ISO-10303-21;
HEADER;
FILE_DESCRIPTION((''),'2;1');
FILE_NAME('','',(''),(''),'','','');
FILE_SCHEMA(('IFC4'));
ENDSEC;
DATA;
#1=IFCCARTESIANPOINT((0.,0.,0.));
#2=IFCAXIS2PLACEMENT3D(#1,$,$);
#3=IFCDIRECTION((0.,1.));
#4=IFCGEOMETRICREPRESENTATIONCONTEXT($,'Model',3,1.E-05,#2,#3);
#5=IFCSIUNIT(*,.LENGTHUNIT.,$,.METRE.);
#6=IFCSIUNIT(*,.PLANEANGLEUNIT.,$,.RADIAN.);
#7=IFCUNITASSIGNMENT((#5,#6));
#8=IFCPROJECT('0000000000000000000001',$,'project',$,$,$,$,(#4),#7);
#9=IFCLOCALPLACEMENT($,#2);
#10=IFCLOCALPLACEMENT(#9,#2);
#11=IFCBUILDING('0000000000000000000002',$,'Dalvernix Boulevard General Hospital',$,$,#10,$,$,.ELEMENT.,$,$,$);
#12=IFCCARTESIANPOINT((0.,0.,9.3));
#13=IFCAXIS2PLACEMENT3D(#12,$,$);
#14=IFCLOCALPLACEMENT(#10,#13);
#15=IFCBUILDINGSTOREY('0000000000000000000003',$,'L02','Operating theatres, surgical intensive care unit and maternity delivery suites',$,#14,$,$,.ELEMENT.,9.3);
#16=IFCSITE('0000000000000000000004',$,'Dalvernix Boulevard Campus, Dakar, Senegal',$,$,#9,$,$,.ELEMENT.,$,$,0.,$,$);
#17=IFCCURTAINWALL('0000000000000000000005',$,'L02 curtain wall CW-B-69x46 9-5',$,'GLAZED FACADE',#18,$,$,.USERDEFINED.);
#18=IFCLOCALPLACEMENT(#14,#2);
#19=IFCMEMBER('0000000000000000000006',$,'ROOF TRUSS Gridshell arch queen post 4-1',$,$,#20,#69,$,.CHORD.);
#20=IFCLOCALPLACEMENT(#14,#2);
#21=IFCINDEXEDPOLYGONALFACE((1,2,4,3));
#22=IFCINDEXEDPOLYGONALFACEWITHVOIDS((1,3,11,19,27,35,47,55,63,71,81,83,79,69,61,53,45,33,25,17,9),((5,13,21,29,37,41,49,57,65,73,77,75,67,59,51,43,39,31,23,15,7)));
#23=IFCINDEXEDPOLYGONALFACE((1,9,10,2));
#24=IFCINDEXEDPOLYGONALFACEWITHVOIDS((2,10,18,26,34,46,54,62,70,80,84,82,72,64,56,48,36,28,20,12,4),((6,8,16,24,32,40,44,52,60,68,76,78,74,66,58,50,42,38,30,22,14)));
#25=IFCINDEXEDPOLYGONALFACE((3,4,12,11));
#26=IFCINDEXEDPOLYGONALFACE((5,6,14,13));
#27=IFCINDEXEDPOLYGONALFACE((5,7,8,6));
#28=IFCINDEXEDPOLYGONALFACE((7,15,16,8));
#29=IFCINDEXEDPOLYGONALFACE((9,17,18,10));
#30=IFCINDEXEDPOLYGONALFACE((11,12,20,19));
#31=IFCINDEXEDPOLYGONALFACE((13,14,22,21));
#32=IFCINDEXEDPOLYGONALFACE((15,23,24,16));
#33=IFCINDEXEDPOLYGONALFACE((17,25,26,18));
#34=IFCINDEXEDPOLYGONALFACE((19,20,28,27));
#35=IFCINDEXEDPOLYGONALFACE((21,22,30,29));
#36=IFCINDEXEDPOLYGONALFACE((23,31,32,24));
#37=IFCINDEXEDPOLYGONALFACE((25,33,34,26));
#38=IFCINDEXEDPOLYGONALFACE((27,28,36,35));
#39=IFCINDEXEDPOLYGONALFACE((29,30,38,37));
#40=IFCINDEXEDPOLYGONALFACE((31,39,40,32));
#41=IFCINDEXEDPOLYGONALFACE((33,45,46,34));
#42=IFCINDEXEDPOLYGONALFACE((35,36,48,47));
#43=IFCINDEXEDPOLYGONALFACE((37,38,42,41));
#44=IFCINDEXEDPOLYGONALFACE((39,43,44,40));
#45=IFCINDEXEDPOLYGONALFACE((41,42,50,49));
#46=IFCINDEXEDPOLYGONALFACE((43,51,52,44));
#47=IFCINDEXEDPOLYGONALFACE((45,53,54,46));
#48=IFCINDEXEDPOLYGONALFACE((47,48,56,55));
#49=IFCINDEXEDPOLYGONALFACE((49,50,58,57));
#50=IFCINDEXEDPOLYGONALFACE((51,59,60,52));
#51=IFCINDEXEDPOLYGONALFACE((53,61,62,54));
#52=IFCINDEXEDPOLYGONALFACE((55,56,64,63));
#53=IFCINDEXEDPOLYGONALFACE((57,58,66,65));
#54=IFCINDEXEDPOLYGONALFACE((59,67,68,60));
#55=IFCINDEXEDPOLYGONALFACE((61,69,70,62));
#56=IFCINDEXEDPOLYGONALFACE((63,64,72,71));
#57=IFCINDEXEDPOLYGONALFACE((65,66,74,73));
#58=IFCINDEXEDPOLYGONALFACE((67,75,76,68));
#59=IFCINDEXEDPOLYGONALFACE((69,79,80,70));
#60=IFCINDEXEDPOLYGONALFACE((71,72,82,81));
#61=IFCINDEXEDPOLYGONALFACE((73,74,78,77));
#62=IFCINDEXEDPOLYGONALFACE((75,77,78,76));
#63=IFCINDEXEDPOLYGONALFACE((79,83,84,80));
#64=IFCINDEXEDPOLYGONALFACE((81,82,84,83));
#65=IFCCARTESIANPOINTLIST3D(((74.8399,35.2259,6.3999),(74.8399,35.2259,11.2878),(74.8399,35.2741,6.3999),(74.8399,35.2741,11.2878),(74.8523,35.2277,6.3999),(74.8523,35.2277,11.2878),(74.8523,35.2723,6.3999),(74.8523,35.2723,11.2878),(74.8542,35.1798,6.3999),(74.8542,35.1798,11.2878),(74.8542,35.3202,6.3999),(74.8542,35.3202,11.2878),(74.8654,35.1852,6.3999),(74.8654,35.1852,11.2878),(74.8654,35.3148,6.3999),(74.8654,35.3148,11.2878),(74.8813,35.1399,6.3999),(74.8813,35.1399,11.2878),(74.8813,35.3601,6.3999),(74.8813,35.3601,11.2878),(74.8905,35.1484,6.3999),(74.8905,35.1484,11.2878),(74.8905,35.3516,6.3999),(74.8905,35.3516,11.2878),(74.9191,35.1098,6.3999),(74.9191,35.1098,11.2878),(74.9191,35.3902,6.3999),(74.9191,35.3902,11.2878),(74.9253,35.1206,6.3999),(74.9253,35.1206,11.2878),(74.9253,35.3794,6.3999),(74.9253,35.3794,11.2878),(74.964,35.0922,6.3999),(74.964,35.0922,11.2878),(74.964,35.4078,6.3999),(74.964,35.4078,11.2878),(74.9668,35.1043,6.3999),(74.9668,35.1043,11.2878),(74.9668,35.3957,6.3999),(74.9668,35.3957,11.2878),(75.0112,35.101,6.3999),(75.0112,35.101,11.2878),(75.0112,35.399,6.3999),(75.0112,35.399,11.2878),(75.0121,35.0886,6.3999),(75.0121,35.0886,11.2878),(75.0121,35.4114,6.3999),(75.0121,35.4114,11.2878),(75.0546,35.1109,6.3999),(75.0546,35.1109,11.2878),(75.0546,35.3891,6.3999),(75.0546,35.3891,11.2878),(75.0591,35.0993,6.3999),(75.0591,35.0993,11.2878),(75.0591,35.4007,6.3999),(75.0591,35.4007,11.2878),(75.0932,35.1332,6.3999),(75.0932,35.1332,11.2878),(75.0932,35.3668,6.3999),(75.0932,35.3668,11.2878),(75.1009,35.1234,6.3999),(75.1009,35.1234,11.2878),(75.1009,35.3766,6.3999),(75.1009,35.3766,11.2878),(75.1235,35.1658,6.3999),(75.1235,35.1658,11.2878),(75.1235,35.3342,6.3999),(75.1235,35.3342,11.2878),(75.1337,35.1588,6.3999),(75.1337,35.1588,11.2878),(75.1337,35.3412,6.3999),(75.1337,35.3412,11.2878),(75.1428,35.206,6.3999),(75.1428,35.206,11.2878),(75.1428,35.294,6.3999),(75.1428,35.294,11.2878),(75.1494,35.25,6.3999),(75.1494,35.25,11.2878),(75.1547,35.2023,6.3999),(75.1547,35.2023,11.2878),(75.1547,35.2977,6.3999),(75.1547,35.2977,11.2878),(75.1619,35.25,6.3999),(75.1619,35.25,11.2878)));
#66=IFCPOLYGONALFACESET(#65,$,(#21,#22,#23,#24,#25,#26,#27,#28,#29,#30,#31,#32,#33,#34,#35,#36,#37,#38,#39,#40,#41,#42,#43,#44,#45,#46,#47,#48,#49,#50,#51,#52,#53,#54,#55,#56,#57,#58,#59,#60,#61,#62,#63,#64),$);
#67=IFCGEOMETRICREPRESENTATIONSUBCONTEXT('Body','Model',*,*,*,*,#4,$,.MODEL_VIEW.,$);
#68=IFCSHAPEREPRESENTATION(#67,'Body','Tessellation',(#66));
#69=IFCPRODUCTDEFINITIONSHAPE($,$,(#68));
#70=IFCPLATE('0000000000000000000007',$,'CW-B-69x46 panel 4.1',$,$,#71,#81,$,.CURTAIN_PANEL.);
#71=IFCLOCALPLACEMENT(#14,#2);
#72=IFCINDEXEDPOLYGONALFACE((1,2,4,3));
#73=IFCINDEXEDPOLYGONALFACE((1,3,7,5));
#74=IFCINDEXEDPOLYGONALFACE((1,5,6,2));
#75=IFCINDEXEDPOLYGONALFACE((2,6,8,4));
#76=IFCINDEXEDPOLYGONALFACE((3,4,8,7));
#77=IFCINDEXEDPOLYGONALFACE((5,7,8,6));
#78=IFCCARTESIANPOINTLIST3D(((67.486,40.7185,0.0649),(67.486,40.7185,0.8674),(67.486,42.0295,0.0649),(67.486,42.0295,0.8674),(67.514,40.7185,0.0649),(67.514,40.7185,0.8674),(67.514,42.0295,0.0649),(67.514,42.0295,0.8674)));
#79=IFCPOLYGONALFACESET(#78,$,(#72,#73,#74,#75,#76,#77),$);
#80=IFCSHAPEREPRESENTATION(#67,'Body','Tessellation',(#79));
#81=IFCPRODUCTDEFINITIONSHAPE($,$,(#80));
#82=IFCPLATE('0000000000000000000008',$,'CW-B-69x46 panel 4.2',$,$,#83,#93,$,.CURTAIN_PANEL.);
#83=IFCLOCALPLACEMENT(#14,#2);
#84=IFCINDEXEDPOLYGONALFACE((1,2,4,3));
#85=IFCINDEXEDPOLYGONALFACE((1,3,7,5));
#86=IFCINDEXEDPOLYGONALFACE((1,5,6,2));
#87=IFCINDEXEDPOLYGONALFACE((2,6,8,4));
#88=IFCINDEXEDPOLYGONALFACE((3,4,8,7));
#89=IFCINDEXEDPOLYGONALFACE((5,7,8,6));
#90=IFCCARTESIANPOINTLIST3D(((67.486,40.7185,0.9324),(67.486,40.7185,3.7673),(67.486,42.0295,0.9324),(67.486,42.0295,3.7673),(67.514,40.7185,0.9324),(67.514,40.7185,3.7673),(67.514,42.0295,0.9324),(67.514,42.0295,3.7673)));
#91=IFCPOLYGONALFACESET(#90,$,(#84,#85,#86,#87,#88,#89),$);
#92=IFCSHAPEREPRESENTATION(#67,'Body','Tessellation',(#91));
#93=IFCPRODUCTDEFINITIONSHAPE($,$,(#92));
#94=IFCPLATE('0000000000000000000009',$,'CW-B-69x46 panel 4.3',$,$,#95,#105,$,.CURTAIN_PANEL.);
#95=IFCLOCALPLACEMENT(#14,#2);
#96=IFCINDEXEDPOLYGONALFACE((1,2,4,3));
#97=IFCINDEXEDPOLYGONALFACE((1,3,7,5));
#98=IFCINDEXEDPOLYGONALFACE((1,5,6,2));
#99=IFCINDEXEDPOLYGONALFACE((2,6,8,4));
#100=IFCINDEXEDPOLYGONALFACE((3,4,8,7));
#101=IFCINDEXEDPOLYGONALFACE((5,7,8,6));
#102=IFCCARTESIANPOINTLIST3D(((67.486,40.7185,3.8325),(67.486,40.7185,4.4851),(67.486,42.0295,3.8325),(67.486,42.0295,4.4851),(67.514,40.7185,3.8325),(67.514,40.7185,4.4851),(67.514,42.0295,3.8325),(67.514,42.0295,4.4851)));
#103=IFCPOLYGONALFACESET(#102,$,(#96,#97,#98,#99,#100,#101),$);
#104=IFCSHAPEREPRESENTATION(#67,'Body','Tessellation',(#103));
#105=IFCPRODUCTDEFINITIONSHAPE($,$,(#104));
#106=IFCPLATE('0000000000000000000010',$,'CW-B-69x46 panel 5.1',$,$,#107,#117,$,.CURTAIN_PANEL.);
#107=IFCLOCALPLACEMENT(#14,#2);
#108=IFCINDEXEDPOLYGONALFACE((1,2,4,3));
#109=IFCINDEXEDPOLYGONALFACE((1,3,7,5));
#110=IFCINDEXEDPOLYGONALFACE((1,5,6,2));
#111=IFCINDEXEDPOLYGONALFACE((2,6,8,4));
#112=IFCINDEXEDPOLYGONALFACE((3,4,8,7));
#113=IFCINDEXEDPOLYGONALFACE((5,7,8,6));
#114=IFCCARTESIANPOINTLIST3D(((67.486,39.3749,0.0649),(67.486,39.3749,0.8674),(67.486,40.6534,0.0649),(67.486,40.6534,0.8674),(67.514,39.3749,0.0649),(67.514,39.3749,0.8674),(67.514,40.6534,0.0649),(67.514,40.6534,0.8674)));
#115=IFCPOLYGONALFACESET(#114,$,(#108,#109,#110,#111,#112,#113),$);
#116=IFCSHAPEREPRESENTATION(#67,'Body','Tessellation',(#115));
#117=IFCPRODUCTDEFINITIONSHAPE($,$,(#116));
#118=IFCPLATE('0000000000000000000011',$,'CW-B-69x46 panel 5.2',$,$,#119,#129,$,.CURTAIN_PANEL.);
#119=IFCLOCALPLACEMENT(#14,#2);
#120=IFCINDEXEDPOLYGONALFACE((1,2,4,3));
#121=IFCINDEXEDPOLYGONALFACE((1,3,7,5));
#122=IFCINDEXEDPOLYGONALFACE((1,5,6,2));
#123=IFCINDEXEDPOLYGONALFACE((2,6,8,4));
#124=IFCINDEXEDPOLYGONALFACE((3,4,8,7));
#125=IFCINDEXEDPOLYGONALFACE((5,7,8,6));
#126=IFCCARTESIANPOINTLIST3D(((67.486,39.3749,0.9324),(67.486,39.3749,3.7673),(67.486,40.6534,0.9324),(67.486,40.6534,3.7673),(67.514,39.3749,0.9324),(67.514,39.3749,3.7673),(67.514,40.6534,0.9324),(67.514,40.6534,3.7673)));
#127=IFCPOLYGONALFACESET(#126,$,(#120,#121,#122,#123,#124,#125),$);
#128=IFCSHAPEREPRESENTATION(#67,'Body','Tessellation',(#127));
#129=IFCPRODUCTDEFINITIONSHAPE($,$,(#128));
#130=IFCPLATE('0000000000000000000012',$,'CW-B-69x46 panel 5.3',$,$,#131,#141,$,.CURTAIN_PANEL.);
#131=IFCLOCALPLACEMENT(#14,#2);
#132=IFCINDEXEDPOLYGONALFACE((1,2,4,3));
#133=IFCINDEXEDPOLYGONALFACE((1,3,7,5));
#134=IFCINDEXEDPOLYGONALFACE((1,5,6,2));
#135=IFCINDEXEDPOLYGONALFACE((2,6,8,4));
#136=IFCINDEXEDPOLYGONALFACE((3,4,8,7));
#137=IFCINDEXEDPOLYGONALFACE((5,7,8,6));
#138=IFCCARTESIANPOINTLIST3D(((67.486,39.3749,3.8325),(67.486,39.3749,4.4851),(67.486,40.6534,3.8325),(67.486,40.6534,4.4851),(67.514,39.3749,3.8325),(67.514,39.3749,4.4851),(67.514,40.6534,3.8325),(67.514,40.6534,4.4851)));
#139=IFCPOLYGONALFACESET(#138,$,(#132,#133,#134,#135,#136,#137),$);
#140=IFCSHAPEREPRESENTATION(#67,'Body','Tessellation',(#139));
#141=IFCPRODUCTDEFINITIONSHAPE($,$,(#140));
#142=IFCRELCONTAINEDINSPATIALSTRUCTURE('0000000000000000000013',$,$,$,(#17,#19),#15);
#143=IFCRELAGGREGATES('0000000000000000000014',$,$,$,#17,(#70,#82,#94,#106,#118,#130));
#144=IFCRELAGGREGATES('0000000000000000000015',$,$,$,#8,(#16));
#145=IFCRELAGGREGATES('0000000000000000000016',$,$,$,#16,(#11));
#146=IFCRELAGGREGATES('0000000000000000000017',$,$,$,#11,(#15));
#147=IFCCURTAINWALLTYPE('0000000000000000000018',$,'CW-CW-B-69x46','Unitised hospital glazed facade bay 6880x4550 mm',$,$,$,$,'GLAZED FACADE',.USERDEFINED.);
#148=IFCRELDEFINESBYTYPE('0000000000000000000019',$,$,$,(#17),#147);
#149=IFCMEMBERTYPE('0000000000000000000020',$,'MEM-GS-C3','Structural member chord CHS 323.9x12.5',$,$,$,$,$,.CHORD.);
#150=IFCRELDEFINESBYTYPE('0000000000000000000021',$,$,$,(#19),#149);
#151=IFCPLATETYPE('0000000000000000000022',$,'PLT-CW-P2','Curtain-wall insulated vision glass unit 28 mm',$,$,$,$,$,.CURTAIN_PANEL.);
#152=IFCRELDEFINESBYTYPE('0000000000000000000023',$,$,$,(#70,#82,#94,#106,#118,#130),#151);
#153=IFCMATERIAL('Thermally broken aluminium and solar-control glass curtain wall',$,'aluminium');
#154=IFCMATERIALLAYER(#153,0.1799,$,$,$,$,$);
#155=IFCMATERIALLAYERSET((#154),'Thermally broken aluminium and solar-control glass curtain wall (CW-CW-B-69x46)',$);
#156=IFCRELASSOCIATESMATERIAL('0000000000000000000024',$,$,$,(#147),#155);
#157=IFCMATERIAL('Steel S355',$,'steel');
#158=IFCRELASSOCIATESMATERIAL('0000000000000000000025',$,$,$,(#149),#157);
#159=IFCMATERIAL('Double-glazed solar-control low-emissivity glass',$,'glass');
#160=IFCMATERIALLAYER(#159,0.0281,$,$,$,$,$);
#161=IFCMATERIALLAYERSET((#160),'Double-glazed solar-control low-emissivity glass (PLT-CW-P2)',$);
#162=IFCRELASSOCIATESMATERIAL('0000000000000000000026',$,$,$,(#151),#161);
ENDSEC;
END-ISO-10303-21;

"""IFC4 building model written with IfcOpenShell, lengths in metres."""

from ifc_helpers import new_model, si_unit, direction, frame, origin, origin_2d, place, context, subcontext, project, spatial, rectangle, hollow_circle, extrude, material, layer, layer_set, material_profile, profile_set, type_object, element, aggregate, save


model = new_model("IFC4")

# Units and contexts
model_context = context("Model", 3, precision=1e-05, world=origin(), true_north=direction((0.0, 1.0)))
body_context = subcontext(model_context, "Body", "Model", "MODEL_VIEW")
ifc_project = project(units=[si_unit("LENGTHUNIT", "METRE"), si_unit("PLANEANGLEUNIT", "RADIAN")], contexts=[model_context])

# Site, building, storey
site_placement = place(None, origin())
site = spatial("IfcSite", under=ifc_project, at=site_placement, Name="Dalvernix Boulevard Campus, Dakar, Senegal", CompositionType="ELEMENT", RefElevation=0.0)
building_placement = place(site_placement, origin())
building = spatial("IfcBuilding", under=site, at=building_placement, Name="Dalvernix Boulevard General Hospital", CompositionType="ELEMENT")
storey_placement = place(building_placement, frame((0.0, 0.0, 9.3)))
storey = spatial("IfcBuildingStorey", under=building, at=storey_placement, Name="L02", Description="Operating theatres, surgical intensive care unit and maternity delivery suites", CompositionType="ELEMENT", Elevation=9.3)

# Shared definitions
ifc_material_1 = material(Name="Steel S355", Category="steel")

# Curtain wall
ifc_material_2 = material(Name="Thermally broken aluminium and solar-control glass curtain wall", Category="aluminium")
ifc_layer_1 = layer(ifc_material_2, 0.1799)
ifc_layer_set_1 = layer_set([ifc_layer_1], Name="Thermally broken aluminium and solar-control glass curtain wall (CW-CW-B-69x46)")
curtain_wall_type = type_object("IfcCurtainWallType", Name="CW-CW-B-69x46", Description="Unitised hospital glazed facade bay 6880x4550 mm", ElementType="GLAZED FACADE", PredefinedType="USERDEFINED", material=ifc_layer_set_1)
curtain_wall_placement = place(storey_placement, origin())
curtain_wall = element("IfcCurtainWall", 1, at=curtain_wall_placement, inside=storey, type_object=curtain_wall_type, Name="L02 curtain wall CW-B-69x46 9-5", ObjectType="GLAZED FACADE", PredefinedType="USERDEFINED")

# Member
ifc_material_profile_1 = material_profile(ifc_material_1, hollow_circle(Radius=0.1619, WallThickness=0.0125, at=origin_2d()), Name="CHS 323.9x12.5")
ifc_profile_set_1 = profile_set([ifc_material_profile_1], Name="Steel S355")
member_type_1 = type_object("IfcMemberType", Name="MEM-GS-C3", Description="Structural member chord CHS 323.9x12.5", PredefinedType="CHORD", material=ifc_profile_set_1)
member_1_placement = place(storey_placement, frame((75.0, 35.25, 6.3999), z_axis=(0.0, 0.0, 1.0), x_axis=(1.0, 0.0, 0.0)))
element("IfcMember", 2, at=member_1_placement, inside=storey, type_object=member_type_1, Name="ROOF TRUSS Gridshell arch queen post 4-1", PredefinedType="CHORD", context=body_context, shape_type="SweptSolid", body=[
    extrude(hollow_circle(Radius=0.1619, WallThickness=0.0125, at=origin_2d()), origin(), (0.0, 0.0, 1.0), 4.8879),
])

# Plates
ifc_material_3 = material(Name="Double-glazed solar-control low-emissivity glass", Category="glass")
ifc_layer_2 = layer(ifc_material_3, 0.0281)
ifc_layer_set_2 = layer_set([ifc_layer_2], Name="Double-glazed solar-control low-emissivity glass (PLT-CW-P2)")
plate_type = type_object("IfcPlateType", Name="PLT-CW-P2", Description="Curtain-wall insulated vision glass unit 28 mm", PredefinedType="CURTAIN_PANEL", material=ifc_layer_set_2)
plate_1_placement = place(storey_placement, frame((67.5, 41.374, 0.0649), z_axis=(0.0, 0.0, 1.0), x_axis=(0.0, -1.0, 0.0)))
plate_1 = element("IfcPlate", 3, at=plate_1_placement, type_object=plate_type, Name="CW-B-69x46 panel 4.1", PredefinedType="CURTAIN_PANEL", context=body_context, shape_type="SweptSolid", body=[
    extrude(rectangle(XDim=1.311, YDim=0.0281, at=origin_2d()), origin(), (0.0, 0.0, 1.0), 0.8025),
])
plate_2_placement = place(storey_placement, frame((67.5, 41.374, 0.9324), z_axis=(0.0, 0.0, 1.0), x_axis=(0.0, -1.0, 0.0)))
plate_2 = element("IfcPlate", 4, at=plate_2_placement, type_object=plate_type, Name="CW-B-69x46 panel 4.2", PredefinedType="CURTAIN_PANEL", context=body_context, shape_type="SweptSolid", body=[
    extrude(rectangle(XDim=1.311, YDim=0.0281, at=origin_2d()), origin(), (0.0, 0.0, 1.0), 2.835),
])
plate_3_placement = place(storey_placement, frame((67.5, 41.374, 3.8325), z_axis=(0.0, 0.0, 1.0), x_axis=(0.0, -1.0, 0.0)))
plate_3 = element("IfcPlate", 5, at=plate_3_placement, type_object=plate_type, Name="CW-B-69x46 panel 4.3", PredefinedType="CURTAIN_PANEL", context=body_context, shape_type="SweptSolid", body=[
    extrude(rectangle(XDim=1.311, YDim=0.0281, at=origin_2d()), origin(), (0.0, 0.0, 1.0), 0.6526),
])
plate_4_placement = place(storey_placement, frame((67.5, 40.0142, 0.0649), z_axis=(0.0, 0.0, 1.0), x_axis=(0.0, -1.0, 0.0)))
plate_4 = element("IfcPlate", 6, at=plate_4_placement, type_object=plate_type, Name="CW-B-69x46 panel 5.1", PredefinedType="CURTAIN_PANEL", context=body_context, shape_type="SweptSolid", body=[
    extrude(rectangle(XDim=1.2786, YDim=0.0281, at=origin_2d()), origin(), (0.0, 0.0, 1.0), 0.8025),
])
plate_5_placement = place(storey_placement, frame((67.5, 40.0142, 0.9324), z_axis=(0.0, 0.0, 1.0), x_axis=(0.0, -1.0, 0.0)))
plate_5 = element("IfcPlate", 7, at=plate_5_placement, type_object=plate_type, Name="CW-B-69x46 panel 5.2", PredefinedType="CURTAIN_PANEL", context=body_context, shape_type="SweptSolid", body=[
    extrude(rectangle(XDim=1.2786, YDim=0.0281, at=origin_2d()), origin(), (0.0, 0.0, 1.0), 2.835),
])
plate_6_placement = place(storey_placement, frame((67.5, 40.0142, 3.8325), z_axis=(0.0, 0.0, 1.0), x_axis=(0.0, -1.0, 0.0)))
plate_6 = element("IfcPlate", 8, at=plate_6_placement, type_object=plate_type, Name="CW-B-69x46 panel 5.3", PredefinedType="CURTAIN_PANEL", context=body_context, shape_type="SweptSolid", body=[
    extrude(rectangle(XDim=1.2786, YDim=0.0281, at=origin_2d()), origin(), (0.0, 0.0, 1.0), 0.6526),
])
aggregate(curtain_wall, [plate_1, plate_2, plate_3, plate_4, plate_5, plate_6])

save(model, "model.ifc")
